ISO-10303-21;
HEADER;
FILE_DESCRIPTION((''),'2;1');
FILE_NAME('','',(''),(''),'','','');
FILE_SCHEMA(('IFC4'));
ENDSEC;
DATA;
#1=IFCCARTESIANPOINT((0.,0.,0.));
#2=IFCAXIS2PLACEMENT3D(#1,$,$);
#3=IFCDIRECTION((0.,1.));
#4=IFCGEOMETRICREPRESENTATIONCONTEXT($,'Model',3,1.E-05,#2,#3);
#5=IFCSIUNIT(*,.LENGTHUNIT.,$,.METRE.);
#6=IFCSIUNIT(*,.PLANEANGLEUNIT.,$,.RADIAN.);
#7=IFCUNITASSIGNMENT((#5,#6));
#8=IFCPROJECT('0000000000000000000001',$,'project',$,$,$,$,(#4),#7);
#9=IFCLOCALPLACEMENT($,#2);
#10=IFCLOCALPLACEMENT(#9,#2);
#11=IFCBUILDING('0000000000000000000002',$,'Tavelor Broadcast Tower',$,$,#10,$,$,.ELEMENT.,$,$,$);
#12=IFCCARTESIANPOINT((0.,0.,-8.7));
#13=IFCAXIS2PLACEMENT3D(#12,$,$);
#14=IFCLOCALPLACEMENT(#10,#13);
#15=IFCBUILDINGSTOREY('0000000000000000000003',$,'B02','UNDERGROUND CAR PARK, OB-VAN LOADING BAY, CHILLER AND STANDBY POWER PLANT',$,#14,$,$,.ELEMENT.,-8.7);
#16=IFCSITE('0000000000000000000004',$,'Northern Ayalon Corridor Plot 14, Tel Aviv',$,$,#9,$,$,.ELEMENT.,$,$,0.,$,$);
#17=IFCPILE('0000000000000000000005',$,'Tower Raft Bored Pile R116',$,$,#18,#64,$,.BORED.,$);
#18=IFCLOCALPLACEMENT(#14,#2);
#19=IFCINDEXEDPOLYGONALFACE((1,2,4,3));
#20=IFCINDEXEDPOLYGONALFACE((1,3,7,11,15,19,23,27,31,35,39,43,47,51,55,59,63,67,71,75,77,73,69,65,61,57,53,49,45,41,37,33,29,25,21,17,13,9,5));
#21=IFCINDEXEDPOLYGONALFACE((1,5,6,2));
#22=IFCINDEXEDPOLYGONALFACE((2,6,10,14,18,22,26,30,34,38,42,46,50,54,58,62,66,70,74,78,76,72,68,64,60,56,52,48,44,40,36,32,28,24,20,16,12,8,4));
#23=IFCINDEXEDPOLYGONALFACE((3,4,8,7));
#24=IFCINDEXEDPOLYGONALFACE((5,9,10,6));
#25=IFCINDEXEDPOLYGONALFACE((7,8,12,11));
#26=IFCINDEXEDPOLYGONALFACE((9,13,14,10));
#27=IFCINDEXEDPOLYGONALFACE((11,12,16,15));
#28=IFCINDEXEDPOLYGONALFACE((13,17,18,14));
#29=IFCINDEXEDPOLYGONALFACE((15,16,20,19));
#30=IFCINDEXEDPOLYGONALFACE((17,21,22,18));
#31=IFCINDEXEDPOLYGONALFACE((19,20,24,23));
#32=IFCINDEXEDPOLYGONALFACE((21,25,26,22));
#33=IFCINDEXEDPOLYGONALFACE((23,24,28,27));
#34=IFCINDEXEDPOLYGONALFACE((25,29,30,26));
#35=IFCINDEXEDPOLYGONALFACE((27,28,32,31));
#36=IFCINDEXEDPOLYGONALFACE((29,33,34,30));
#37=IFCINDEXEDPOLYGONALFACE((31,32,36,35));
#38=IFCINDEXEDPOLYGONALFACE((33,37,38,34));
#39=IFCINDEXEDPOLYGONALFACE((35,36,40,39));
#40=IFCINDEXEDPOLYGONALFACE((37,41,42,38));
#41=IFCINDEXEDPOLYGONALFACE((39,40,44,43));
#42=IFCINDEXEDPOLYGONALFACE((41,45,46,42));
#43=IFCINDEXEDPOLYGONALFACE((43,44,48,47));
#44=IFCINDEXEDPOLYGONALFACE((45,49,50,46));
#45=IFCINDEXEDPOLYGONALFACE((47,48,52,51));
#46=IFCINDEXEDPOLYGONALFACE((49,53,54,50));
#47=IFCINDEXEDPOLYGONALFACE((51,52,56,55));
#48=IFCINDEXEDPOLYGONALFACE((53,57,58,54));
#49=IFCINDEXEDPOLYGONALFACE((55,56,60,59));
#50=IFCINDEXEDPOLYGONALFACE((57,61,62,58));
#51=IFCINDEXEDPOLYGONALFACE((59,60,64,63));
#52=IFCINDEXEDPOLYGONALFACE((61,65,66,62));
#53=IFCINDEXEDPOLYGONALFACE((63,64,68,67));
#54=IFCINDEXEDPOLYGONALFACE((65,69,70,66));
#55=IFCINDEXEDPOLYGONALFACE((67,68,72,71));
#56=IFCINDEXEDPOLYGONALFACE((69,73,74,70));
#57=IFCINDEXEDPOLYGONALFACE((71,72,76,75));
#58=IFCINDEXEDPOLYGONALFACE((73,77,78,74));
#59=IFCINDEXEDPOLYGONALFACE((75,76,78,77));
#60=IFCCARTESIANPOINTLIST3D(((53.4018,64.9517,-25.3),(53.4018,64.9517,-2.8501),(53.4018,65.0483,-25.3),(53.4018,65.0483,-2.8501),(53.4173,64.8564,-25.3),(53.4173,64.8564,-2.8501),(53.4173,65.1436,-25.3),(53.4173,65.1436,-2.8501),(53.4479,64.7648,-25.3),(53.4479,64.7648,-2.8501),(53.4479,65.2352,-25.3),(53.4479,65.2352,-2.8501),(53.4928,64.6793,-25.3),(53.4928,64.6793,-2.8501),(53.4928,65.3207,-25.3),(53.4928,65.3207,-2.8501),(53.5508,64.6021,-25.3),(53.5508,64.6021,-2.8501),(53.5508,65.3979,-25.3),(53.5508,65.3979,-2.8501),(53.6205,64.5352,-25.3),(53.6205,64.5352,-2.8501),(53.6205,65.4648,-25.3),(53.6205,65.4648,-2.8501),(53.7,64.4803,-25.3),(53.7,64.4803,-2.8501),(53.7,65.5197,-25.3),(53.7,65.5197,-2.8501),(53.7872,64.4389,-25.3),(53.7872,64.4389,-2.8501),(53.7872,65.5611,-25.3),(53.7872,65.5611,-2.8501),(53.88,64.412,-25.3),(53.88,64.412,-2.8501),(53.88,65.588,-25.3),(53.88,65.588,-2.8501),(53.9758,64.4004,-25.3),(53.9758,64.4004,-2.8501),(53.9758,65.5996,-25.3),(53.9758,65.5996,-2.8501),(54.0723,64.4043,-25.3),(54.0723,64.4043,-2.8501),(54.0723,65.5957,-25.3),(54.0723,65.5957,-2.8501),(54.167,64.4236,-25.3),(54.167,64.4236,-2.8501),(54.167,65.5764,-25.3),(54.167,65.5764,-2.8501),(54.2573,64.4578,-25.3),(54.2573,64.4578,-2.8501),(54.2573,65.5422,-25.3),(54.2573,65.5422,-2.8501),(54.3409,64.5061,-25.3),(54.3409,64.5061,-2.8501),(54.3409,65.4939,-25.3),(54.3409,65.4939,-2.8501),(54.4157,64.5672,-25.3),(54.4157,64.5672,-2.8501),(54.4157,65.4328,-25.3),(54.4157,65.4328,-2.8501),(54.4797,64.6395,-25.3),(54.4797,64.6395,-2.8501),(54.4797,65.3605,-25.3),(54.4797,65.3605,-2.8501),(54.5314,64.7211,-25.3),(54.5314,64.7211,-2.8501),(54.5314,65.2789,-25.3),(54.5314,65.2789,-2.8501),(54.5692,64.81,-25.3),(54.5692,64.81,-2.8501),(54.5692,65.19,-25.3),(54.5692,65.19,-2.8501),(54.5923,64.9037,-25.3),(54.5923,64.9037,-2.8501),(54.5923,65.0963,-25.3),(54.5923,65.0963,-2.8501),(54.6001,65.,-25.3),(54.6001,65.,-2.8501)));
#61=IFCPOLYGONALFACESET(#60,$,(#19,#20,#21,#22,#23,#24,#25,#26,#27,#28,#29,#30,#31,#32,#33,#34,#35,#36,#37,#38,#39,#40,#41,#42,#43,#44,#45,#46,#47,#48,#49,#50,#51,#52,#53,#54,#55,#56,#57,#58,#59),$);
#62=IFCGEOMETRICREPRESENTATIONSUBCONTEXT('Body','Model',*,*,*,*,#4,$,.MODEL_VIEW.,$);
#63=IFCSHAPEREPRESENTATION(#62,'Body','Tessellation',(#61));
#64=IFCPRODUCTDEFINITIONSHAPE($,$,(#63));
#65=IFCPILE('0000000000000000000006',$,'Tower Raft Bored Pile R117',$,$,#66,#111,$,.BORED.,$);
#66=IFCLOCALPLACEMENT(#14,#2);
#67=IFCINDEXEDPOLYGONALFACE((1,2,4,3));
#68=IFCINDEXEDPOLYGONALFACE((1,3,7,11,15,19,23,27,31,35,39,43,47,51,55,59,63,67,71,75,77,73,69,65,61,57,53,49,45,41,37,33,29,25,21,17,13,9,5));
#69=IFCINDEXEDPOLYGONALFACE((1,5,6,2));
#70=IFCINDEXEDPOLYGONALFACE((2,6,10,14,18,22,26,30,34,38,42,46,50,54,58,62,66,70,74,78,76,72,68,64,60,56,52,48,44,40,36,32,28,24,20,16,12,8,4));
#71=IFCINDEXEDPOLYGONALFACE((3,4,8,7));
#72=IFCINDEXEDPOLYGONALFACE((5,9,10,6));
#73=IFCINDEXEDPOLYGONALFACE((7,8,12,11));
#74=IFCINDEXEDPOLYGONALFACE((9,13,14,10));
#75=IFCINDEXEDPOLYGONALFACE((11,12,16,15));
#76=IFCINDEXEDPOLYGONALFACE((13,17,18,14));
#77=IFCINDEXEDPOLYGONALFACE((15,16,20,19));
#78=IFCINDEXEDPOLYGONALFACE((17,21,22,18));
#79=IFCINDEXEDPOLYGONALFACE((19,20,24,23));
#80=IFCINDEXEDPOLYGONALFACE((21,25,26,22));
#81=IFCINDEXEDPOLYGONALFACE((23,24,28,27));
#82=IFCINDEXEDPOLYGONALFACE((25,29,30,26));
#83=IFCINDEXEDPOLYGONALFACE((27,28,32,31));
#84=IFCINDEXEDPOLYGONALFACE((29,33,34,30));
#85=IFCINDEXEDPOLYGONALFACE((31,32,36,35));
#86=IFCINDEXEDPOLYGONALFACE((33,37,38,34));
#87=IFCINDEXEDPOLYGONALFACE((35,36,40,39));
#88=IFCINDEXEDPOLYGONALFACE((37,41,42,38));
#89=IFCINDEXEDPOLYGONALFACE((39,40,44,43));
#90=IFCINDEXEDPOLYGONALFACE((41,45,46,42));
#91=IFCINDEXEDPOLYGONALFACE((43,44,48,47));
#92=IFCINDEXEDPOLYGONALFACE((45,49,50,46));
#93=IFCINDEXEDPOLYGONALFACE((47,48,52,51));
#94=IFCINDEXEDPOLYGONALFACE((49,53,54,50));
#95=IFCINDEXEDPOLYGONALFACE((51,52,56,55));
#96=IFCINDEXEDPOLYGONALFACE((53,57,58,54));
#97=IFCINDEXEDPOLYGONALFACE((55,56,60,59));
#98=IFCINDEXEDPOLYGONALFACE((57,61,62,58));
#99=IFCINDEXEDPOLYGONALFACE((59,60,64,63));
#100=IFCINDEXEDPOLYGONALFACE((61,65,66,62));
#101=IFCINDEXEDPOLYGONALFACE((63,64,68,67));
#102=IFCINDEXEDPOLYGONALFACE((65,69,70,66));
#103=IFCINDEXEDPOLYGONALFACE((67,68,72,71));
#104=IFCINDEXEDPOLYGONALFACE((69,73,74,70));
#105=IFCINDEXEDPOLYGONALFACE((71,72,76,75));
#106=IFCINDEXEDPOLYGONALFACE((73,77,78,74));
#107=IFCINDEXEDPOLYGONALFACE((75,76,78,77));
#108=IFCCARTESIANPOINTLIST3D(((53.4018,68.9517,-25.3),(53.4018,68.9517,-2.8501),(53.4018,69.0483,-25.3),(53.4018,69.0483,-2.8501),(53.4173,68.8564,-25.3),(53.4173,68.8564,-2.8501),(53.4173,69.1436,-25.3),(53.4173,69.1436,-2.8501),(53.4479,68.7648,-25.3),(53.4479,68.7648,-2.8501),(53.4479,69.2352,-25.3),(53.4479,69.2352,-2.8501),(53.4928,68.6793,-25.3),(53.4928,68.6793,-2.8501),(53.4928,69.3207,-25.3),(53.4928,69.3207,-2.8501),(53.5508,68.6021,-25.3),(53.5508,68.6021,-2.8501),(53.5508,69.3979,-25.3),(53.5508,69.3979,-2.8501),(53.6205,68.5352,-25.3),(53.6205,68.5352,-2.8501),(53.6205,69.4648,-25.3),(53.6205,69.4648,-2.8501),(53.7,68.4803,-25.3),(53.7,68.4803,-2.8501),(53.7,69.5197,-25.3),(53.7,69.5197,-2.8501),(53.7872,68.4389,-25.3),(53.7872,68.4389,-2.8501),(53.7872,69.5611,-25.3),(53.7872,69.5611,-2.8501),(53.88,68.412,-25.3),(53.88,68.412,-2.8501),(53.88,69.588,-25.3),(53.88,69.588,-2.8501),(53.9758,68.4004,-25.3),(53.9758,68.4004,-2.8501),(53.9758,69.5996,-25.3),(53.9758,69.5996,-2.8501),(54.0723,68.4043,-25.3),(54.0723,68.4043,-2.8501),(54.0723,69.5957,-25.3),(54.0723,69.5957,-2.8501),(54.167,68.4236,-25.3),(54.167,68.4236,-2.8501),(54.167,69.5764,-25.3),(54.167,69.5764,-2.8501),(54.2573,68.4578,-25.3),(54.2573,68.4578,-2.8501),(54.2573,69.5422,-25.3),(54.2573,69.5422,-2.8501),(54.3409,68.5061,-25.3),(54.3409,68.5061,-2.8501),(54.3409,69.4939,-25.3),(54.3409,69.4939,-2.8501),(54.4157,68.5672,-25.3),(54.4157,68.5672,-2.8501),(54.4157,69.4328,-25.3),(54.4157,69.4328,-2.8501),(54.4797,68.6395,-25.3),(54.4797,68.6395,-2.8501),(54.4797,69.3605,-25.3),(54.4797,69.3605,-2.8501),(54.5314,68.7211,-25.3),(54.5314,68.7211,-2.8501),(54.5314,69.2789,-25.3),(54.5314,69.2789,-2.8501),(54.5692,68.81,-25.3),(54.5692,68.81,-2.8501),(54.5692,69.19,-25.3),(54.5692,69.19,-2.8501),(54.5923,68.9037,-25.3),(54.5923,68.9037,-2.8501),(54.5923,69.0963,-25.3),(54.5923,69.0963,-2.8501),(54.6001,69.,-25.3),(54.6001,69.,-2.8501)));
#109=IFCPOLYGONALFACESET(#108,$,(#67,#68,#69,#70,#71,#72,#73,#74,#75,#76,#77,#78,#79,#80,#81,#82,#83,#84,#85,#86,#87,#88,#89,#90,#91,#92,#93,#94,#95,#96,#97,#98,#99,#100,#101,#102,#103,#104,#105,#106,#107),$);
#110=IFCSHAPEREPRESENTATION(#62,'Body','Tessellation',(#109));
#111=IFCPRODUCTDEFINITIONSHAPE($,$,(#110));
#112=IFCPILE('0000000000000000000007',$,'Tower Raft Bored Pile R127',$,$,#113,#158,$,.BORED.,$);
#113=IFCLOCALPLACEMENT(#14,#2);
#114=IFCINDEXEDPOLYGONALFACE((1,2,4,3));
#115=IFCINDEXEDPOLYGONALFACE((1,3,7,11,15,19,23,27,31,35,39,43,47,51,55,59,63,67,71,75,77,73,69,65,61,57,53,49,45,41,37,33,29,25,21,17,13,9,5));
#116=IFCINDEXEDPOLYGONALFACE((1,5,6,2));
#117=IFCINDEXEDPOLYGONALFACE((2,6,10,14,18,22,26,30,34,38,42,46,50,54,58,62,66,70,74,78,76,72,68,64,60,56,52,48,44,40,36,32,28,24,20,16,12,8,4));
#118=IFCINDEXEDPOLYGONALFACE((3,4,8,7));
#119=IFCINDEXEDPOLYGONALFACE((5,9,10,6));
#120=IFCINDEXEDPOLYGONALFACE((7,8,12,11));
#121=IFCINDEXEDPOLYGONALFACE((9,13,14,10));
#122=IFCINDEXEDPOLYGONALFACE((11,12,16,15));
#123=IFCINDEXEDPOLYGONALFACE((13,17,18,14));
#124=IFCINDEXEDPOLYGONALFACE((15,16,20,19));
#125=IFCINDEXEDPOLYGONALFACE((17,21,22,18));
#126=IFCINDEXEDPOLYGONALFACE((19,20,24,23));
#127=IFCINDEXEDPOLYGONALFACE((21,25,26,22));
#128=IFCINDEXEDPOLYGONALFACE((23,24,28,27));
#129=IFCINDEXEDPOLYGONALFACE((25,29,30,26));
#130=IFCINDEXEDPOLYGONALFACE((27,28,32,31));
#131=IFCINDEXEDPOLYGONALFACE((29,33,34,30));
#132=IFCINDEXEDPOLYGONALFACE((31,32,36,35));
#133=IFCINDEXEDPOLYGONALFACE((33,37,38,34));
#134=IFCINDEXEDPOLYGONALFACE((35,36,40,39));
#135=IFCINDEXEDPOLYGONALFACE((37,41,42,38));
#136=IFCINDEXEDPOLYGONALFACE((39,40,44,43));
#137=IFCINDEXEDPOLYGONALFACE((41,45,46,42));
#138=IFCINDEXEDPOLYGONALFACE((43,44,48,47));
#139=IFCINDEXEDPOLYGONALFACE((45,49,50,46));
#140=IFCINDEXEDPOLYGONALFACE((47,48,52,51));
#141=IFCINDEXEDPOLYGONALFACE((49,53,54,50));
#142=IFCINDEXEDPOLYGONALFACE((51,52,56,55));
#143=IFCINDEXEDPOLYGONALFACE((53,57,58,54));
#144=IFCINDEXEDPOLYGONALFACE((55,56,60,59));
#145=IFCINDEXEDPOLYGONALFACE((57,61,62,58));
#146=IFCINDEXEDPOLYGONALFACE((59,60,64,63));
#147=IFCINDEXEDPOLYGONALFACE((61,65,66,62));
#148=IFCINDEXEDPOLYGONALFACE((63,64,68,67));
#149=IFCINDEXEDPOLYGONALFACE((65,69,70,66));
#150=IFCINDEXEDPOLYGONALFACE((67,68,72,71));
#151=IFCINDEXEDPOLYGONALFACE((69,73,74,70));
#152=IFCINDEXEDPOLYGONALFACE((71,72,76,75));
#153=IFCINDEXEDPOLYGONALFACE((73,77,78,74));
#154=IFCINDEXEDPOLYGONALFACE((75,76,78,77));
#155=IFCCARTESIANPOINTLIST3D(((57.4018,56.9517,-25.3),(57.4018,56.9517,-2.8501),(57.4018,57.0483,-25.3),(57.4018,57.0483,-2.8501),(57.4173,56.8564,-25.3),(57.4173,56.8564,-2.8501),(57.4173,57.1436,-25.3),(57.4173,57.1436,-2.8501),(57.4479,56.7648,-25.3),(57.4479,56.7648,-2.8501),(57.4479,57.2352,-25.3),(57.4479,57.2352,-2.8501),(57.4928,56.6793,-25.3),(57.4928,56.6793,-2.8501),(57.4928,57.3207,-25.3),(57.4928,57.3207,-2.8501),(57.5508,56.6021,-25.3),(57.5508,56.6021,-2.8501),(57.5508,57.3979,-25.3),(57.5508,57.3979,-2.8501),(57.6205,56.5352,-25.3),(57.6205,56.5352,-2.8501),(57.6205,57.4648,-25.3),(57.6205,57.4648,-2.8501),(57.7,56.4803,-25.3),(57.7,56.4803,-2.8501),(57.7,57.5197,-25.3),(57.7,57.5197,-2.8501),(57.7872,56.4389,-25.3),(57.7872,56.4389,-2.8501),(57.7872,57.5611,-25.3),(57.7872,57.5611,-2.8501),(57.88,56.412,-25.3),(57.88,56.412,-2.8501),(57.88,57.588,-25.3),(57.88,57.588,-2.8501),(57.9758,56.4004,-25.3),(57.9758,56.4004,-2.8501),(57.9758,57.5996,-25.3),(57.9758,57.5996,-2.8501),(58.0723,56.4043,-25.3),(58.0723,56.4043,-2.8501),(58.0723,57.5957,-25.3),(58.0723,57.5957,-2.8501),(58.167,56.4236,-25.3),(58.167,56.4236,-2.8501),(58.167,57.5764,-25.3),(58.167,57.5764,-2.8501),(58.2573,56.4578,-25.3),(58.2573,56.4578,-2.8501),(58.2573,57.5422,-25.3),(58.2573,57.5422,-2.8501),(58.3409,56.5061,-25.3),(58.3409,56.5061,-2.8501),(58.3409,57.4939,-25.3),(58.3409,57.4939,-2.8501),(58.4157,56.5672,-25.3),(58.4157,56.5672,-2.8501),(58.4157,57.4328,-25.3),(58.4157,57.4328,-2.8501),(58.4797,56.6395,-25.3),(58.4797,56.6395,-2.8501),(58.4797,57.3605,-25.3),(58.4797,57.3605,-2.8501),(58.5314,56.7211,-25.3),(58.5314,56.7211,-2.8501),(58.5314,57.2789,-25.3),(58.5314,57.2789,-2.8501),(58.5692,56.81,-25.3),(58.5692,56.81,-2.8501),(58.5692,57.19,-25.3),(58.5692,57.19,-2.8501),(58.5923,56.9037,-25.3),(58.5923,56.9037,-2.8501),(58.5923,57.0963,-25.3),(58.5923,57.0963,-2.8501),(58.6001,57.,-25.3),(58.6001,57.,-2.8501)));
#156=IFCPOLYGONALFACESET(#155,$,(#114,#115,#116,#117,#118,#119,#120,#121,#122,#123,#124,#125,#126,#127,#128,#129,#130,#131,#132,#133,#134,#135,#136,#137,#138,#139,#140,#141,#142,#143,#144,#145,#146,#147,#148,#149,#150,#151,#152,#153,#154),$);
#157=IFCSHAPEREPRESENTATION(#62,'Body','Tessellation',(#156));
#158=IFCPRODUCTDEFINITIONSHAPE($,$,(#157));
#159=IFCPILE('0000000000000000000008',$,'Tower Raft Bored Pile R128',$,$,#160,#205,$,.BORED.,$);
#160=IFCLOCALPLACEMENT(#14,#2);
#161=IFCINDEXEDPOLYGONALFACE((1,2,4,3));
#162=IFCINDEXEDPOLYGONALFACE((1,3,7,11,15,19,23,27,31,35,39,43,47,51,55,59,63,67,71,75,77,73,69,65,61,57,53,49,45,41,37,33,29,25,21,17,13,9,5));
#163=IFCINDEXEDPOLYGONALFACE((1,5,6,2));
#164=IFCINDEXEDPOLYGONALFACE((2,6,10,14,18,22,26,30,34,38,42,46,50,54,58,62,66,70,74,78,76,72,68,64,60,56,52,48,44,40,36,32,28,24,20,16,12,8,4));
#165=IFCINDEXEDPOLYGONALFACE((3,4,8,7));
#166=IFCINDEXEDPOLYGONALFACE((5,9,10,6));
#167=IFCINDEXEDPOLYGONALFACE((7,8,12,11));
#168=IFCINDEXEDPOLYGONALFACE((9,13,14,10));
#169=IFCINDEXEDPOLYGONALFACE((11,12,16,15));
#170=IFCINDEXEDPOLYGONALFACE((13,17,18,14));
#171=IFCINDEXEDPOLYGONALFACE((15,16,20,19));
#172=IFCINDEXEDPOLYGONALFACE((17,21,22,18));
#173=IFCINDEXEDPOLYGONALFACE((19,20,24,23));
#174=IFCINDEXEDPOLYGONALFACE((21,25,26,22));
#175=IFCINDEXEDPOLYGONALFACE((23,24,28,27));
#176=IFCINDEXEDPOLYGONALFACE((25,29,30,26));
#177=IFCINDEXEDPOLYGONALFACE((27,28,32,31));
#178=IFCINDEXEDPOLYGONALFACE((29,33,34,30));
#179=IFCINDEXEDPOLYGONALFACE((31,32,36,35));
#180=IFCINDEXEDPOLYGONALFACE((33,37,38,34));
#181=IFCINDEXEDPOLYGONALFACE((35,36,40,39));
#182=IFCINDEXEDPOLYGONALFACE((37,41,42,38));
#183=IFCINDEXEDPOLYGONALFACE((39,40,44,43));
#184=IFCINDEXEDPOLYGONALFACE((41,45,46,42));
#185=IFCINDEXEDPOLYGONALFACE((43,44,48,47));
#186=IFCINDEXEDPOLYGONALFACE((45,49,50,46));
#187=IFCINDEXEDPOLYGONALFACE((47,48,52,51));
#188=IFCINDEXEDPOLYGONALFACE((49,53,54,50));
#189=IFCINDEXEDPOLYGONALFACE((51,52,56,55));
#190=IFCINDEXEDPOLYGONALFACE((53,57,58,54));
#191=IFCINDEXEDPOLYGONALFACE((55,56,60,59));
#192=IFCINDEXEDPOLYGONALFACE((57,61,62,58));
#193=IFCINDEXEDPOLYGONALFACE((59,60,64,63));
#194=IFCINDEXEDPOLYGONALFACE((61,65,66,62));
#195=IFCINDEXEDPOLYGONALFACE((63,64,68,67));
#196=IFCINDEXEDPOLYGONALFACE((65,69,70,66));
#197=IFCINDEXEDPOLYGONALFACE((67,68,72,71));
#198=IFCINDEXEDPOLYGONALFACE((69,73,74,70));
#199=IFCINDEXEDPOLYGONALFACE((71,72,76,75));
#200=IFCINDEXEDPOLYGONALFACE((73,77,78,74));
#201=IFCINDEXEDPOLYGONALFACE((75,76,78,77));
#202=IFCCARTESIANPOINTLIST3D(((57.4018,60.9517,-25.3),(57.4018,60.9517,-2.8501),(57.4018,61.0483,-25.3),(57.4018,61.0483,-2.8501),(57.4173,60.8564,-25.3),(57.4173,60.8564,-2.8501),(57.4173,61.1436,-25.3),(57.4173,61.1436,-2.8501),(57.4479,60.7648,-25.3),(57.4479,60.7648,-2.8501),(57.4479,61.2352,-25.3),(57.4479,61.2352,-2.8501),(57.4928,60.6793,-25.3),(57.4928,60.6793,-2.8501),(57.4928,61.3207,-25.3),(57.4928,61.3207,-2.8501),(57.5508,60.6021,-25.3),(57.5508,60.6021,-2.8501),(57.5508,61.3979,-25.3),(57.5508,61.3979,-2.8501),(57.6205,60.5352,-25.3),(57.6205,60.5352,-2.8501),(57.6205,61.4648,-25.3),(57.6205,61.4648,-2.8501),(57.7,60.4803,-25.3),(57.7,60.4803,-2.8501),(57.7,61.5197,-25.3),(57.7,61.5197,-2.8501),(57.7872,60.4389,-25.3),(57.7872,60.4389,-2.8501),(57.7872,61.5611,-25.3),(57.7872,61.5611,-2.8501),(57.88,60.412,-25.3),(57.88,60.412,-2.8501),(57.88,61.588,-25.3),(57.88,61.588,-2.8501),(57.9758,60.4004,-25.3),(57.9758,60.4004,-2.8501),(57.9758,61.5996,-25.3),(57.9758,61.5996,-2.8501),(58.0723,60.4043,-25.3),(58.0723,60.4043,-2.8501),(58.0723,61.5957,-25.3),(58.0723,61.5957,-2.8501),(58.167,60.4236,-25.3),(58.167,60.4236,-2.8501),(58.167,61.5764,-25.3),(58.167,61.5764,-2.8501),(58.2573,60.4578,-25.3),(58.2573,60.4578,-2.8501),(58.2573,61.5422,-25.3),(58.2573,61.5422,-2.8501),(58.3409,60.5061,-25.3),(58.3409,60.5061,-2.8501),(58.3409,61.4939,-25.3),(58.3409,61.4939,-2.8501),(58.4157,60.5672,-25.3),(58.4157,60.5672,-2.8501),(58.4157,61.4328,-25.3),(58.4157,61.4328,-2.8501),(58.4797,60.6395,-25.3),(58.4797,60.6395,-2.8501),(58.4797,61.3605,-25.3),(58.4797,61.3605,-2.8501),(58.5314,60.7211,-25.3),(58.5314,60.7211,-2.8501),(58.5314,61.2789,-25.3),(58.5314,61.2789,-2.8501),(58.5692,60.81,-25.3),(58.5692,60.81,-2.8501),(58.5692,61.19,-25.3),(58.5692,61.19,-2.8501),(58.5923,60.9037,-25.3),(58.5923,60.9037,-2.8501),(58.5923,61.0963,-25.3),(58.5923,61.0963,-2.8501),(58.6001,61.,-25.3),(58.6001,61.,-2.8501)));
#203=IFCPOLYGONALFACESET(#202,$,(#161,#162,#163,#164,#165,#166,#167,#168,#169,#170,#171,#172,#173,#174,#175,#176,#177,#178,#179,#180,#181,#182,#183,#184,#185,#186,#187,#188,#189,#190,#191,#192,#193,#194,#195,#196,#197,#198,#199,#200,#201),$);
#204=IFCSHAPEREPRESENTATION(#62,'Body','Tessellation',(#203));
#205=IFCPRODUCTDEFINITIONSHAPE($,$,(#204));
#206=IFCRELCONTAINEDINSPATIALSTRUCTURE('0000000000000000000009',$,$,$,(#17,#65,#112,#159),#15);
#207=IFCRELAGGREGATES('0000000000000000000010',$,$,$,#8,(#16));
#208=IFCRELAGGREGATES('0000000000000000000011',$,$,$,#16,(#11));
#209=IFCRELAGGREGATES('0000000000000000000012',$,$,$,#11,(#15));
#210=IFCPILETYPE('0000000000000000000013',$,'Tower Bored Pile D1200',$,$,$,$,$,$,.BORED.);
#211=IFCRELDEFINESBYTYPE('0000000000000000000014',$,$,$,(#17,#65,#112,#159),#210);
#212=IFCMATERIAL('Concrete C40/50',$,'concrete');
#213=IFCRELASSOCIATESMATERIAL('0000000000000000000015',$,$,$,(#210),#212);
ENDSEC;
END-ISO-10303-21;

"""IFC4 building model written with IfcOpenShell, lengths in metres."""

from ifc_helpers import new_model, si_unit, direction, frame, origin, origin_2d, place, context, subcontext, project, spatial, circle, extrude, material, material_profile, profile_set, type_object, element, save


model = new_model("IFC4")

# Units and contexts
model_context = context("Model", 3, precision=1e-05, world=origin(), true_north=direction((0.0, 1.0)))
body_context = subcontext(model_context, "Body", "Model", "MODEL_VIEW")
ifc_project = project(units=[si_unit("LENGTHUNIT", "METRE"), si_unit("PLANEANGLEUNIT", "RADIAN")], contexts=[model_context])

# Site, building, storey
site_placement = place(None, origin())
site = spatial("IfcSite", under=ifc_project, at=site_placement, Name="Northern Ayalon Corridor Plot 14, Tel Aviv", CompositionType="ELEMENT", RefElevation=0.0)
building_placement = place(site_placement, origin())
building = spatial("IfcBuilding", under=site, at=building_placement, Name="Tavelor Broadcast Tower", CompositionType="ELEMENT")
storey_placement = place(building_placement, frame((0.0, 0.0, -8.7)))
storey = spatial("IfcBuildingStorey", under=building, at=storey_placement, Name="B02", Description="UNDERGROUND CAR PARK, OB-VAN LOADING BAY, CHILLER AND STANDBY POWER PLANT", CompositionType="ELEMENT", Elevation=-8.7)

# Shared definitions
ifc_material_1 = material(Name="Concrete C40/50", Category="concrete")

# Piles
ifc_material_profile_1 = material_profile(ifc_material_1, circle(Radius=0.6001, at=origin_2d()), Name="PILE D1200")
ifc_profile_set_1 = profile_set([ifc_material_profile_1], Name="Concrete C40/50")
pile_type_1 = type_object("IfcPileType", Name="Tower Bored Pile D1200", PredefinedType="BORED", material=ifc_profile_set_1)
for number, where, z_axis, x_axis, name in (
    (1, (54.0, 65.0, -2.8501), (0.0, 0.0, -1.0), (1.0, 0.0, 0.0), "Tower Raft Bored Pile R116"),
    (2, (54.0, 69.0, -2.8501), (0.0, 0.0, -1.0), (1.0, 0.0, 0.0), "Tower Raft Bored Pile R117"),
    (3, (58.0, 57.0, -2.8501), (0.0, 0.0, -1.0), (1.0, 0.0, 0.0), "Tower Raft Bored Pile R127"),
    (4, (58.0, 61.0, -2.8501), (0.0, 0.0, -1.0), (1.0, 0.0, 0.0), "Tower Raft Bored Pile R128"),
):
    element("IfcPile", number, at=place(storey_placement, frame(where, z_axis=z_axis, x_axis=x_axis)), inside=storey, type_object=pile_type_1, Name=name, PredefinedType="BORED", context=body_context, shape_type="SweptSolid", body=[
        extrude(circle(Radius=0.6001, at=origin_2d()), origin(), (0.0, 0.0, 1.0), 22.45),
    ])

save(model, "model.ifc")
